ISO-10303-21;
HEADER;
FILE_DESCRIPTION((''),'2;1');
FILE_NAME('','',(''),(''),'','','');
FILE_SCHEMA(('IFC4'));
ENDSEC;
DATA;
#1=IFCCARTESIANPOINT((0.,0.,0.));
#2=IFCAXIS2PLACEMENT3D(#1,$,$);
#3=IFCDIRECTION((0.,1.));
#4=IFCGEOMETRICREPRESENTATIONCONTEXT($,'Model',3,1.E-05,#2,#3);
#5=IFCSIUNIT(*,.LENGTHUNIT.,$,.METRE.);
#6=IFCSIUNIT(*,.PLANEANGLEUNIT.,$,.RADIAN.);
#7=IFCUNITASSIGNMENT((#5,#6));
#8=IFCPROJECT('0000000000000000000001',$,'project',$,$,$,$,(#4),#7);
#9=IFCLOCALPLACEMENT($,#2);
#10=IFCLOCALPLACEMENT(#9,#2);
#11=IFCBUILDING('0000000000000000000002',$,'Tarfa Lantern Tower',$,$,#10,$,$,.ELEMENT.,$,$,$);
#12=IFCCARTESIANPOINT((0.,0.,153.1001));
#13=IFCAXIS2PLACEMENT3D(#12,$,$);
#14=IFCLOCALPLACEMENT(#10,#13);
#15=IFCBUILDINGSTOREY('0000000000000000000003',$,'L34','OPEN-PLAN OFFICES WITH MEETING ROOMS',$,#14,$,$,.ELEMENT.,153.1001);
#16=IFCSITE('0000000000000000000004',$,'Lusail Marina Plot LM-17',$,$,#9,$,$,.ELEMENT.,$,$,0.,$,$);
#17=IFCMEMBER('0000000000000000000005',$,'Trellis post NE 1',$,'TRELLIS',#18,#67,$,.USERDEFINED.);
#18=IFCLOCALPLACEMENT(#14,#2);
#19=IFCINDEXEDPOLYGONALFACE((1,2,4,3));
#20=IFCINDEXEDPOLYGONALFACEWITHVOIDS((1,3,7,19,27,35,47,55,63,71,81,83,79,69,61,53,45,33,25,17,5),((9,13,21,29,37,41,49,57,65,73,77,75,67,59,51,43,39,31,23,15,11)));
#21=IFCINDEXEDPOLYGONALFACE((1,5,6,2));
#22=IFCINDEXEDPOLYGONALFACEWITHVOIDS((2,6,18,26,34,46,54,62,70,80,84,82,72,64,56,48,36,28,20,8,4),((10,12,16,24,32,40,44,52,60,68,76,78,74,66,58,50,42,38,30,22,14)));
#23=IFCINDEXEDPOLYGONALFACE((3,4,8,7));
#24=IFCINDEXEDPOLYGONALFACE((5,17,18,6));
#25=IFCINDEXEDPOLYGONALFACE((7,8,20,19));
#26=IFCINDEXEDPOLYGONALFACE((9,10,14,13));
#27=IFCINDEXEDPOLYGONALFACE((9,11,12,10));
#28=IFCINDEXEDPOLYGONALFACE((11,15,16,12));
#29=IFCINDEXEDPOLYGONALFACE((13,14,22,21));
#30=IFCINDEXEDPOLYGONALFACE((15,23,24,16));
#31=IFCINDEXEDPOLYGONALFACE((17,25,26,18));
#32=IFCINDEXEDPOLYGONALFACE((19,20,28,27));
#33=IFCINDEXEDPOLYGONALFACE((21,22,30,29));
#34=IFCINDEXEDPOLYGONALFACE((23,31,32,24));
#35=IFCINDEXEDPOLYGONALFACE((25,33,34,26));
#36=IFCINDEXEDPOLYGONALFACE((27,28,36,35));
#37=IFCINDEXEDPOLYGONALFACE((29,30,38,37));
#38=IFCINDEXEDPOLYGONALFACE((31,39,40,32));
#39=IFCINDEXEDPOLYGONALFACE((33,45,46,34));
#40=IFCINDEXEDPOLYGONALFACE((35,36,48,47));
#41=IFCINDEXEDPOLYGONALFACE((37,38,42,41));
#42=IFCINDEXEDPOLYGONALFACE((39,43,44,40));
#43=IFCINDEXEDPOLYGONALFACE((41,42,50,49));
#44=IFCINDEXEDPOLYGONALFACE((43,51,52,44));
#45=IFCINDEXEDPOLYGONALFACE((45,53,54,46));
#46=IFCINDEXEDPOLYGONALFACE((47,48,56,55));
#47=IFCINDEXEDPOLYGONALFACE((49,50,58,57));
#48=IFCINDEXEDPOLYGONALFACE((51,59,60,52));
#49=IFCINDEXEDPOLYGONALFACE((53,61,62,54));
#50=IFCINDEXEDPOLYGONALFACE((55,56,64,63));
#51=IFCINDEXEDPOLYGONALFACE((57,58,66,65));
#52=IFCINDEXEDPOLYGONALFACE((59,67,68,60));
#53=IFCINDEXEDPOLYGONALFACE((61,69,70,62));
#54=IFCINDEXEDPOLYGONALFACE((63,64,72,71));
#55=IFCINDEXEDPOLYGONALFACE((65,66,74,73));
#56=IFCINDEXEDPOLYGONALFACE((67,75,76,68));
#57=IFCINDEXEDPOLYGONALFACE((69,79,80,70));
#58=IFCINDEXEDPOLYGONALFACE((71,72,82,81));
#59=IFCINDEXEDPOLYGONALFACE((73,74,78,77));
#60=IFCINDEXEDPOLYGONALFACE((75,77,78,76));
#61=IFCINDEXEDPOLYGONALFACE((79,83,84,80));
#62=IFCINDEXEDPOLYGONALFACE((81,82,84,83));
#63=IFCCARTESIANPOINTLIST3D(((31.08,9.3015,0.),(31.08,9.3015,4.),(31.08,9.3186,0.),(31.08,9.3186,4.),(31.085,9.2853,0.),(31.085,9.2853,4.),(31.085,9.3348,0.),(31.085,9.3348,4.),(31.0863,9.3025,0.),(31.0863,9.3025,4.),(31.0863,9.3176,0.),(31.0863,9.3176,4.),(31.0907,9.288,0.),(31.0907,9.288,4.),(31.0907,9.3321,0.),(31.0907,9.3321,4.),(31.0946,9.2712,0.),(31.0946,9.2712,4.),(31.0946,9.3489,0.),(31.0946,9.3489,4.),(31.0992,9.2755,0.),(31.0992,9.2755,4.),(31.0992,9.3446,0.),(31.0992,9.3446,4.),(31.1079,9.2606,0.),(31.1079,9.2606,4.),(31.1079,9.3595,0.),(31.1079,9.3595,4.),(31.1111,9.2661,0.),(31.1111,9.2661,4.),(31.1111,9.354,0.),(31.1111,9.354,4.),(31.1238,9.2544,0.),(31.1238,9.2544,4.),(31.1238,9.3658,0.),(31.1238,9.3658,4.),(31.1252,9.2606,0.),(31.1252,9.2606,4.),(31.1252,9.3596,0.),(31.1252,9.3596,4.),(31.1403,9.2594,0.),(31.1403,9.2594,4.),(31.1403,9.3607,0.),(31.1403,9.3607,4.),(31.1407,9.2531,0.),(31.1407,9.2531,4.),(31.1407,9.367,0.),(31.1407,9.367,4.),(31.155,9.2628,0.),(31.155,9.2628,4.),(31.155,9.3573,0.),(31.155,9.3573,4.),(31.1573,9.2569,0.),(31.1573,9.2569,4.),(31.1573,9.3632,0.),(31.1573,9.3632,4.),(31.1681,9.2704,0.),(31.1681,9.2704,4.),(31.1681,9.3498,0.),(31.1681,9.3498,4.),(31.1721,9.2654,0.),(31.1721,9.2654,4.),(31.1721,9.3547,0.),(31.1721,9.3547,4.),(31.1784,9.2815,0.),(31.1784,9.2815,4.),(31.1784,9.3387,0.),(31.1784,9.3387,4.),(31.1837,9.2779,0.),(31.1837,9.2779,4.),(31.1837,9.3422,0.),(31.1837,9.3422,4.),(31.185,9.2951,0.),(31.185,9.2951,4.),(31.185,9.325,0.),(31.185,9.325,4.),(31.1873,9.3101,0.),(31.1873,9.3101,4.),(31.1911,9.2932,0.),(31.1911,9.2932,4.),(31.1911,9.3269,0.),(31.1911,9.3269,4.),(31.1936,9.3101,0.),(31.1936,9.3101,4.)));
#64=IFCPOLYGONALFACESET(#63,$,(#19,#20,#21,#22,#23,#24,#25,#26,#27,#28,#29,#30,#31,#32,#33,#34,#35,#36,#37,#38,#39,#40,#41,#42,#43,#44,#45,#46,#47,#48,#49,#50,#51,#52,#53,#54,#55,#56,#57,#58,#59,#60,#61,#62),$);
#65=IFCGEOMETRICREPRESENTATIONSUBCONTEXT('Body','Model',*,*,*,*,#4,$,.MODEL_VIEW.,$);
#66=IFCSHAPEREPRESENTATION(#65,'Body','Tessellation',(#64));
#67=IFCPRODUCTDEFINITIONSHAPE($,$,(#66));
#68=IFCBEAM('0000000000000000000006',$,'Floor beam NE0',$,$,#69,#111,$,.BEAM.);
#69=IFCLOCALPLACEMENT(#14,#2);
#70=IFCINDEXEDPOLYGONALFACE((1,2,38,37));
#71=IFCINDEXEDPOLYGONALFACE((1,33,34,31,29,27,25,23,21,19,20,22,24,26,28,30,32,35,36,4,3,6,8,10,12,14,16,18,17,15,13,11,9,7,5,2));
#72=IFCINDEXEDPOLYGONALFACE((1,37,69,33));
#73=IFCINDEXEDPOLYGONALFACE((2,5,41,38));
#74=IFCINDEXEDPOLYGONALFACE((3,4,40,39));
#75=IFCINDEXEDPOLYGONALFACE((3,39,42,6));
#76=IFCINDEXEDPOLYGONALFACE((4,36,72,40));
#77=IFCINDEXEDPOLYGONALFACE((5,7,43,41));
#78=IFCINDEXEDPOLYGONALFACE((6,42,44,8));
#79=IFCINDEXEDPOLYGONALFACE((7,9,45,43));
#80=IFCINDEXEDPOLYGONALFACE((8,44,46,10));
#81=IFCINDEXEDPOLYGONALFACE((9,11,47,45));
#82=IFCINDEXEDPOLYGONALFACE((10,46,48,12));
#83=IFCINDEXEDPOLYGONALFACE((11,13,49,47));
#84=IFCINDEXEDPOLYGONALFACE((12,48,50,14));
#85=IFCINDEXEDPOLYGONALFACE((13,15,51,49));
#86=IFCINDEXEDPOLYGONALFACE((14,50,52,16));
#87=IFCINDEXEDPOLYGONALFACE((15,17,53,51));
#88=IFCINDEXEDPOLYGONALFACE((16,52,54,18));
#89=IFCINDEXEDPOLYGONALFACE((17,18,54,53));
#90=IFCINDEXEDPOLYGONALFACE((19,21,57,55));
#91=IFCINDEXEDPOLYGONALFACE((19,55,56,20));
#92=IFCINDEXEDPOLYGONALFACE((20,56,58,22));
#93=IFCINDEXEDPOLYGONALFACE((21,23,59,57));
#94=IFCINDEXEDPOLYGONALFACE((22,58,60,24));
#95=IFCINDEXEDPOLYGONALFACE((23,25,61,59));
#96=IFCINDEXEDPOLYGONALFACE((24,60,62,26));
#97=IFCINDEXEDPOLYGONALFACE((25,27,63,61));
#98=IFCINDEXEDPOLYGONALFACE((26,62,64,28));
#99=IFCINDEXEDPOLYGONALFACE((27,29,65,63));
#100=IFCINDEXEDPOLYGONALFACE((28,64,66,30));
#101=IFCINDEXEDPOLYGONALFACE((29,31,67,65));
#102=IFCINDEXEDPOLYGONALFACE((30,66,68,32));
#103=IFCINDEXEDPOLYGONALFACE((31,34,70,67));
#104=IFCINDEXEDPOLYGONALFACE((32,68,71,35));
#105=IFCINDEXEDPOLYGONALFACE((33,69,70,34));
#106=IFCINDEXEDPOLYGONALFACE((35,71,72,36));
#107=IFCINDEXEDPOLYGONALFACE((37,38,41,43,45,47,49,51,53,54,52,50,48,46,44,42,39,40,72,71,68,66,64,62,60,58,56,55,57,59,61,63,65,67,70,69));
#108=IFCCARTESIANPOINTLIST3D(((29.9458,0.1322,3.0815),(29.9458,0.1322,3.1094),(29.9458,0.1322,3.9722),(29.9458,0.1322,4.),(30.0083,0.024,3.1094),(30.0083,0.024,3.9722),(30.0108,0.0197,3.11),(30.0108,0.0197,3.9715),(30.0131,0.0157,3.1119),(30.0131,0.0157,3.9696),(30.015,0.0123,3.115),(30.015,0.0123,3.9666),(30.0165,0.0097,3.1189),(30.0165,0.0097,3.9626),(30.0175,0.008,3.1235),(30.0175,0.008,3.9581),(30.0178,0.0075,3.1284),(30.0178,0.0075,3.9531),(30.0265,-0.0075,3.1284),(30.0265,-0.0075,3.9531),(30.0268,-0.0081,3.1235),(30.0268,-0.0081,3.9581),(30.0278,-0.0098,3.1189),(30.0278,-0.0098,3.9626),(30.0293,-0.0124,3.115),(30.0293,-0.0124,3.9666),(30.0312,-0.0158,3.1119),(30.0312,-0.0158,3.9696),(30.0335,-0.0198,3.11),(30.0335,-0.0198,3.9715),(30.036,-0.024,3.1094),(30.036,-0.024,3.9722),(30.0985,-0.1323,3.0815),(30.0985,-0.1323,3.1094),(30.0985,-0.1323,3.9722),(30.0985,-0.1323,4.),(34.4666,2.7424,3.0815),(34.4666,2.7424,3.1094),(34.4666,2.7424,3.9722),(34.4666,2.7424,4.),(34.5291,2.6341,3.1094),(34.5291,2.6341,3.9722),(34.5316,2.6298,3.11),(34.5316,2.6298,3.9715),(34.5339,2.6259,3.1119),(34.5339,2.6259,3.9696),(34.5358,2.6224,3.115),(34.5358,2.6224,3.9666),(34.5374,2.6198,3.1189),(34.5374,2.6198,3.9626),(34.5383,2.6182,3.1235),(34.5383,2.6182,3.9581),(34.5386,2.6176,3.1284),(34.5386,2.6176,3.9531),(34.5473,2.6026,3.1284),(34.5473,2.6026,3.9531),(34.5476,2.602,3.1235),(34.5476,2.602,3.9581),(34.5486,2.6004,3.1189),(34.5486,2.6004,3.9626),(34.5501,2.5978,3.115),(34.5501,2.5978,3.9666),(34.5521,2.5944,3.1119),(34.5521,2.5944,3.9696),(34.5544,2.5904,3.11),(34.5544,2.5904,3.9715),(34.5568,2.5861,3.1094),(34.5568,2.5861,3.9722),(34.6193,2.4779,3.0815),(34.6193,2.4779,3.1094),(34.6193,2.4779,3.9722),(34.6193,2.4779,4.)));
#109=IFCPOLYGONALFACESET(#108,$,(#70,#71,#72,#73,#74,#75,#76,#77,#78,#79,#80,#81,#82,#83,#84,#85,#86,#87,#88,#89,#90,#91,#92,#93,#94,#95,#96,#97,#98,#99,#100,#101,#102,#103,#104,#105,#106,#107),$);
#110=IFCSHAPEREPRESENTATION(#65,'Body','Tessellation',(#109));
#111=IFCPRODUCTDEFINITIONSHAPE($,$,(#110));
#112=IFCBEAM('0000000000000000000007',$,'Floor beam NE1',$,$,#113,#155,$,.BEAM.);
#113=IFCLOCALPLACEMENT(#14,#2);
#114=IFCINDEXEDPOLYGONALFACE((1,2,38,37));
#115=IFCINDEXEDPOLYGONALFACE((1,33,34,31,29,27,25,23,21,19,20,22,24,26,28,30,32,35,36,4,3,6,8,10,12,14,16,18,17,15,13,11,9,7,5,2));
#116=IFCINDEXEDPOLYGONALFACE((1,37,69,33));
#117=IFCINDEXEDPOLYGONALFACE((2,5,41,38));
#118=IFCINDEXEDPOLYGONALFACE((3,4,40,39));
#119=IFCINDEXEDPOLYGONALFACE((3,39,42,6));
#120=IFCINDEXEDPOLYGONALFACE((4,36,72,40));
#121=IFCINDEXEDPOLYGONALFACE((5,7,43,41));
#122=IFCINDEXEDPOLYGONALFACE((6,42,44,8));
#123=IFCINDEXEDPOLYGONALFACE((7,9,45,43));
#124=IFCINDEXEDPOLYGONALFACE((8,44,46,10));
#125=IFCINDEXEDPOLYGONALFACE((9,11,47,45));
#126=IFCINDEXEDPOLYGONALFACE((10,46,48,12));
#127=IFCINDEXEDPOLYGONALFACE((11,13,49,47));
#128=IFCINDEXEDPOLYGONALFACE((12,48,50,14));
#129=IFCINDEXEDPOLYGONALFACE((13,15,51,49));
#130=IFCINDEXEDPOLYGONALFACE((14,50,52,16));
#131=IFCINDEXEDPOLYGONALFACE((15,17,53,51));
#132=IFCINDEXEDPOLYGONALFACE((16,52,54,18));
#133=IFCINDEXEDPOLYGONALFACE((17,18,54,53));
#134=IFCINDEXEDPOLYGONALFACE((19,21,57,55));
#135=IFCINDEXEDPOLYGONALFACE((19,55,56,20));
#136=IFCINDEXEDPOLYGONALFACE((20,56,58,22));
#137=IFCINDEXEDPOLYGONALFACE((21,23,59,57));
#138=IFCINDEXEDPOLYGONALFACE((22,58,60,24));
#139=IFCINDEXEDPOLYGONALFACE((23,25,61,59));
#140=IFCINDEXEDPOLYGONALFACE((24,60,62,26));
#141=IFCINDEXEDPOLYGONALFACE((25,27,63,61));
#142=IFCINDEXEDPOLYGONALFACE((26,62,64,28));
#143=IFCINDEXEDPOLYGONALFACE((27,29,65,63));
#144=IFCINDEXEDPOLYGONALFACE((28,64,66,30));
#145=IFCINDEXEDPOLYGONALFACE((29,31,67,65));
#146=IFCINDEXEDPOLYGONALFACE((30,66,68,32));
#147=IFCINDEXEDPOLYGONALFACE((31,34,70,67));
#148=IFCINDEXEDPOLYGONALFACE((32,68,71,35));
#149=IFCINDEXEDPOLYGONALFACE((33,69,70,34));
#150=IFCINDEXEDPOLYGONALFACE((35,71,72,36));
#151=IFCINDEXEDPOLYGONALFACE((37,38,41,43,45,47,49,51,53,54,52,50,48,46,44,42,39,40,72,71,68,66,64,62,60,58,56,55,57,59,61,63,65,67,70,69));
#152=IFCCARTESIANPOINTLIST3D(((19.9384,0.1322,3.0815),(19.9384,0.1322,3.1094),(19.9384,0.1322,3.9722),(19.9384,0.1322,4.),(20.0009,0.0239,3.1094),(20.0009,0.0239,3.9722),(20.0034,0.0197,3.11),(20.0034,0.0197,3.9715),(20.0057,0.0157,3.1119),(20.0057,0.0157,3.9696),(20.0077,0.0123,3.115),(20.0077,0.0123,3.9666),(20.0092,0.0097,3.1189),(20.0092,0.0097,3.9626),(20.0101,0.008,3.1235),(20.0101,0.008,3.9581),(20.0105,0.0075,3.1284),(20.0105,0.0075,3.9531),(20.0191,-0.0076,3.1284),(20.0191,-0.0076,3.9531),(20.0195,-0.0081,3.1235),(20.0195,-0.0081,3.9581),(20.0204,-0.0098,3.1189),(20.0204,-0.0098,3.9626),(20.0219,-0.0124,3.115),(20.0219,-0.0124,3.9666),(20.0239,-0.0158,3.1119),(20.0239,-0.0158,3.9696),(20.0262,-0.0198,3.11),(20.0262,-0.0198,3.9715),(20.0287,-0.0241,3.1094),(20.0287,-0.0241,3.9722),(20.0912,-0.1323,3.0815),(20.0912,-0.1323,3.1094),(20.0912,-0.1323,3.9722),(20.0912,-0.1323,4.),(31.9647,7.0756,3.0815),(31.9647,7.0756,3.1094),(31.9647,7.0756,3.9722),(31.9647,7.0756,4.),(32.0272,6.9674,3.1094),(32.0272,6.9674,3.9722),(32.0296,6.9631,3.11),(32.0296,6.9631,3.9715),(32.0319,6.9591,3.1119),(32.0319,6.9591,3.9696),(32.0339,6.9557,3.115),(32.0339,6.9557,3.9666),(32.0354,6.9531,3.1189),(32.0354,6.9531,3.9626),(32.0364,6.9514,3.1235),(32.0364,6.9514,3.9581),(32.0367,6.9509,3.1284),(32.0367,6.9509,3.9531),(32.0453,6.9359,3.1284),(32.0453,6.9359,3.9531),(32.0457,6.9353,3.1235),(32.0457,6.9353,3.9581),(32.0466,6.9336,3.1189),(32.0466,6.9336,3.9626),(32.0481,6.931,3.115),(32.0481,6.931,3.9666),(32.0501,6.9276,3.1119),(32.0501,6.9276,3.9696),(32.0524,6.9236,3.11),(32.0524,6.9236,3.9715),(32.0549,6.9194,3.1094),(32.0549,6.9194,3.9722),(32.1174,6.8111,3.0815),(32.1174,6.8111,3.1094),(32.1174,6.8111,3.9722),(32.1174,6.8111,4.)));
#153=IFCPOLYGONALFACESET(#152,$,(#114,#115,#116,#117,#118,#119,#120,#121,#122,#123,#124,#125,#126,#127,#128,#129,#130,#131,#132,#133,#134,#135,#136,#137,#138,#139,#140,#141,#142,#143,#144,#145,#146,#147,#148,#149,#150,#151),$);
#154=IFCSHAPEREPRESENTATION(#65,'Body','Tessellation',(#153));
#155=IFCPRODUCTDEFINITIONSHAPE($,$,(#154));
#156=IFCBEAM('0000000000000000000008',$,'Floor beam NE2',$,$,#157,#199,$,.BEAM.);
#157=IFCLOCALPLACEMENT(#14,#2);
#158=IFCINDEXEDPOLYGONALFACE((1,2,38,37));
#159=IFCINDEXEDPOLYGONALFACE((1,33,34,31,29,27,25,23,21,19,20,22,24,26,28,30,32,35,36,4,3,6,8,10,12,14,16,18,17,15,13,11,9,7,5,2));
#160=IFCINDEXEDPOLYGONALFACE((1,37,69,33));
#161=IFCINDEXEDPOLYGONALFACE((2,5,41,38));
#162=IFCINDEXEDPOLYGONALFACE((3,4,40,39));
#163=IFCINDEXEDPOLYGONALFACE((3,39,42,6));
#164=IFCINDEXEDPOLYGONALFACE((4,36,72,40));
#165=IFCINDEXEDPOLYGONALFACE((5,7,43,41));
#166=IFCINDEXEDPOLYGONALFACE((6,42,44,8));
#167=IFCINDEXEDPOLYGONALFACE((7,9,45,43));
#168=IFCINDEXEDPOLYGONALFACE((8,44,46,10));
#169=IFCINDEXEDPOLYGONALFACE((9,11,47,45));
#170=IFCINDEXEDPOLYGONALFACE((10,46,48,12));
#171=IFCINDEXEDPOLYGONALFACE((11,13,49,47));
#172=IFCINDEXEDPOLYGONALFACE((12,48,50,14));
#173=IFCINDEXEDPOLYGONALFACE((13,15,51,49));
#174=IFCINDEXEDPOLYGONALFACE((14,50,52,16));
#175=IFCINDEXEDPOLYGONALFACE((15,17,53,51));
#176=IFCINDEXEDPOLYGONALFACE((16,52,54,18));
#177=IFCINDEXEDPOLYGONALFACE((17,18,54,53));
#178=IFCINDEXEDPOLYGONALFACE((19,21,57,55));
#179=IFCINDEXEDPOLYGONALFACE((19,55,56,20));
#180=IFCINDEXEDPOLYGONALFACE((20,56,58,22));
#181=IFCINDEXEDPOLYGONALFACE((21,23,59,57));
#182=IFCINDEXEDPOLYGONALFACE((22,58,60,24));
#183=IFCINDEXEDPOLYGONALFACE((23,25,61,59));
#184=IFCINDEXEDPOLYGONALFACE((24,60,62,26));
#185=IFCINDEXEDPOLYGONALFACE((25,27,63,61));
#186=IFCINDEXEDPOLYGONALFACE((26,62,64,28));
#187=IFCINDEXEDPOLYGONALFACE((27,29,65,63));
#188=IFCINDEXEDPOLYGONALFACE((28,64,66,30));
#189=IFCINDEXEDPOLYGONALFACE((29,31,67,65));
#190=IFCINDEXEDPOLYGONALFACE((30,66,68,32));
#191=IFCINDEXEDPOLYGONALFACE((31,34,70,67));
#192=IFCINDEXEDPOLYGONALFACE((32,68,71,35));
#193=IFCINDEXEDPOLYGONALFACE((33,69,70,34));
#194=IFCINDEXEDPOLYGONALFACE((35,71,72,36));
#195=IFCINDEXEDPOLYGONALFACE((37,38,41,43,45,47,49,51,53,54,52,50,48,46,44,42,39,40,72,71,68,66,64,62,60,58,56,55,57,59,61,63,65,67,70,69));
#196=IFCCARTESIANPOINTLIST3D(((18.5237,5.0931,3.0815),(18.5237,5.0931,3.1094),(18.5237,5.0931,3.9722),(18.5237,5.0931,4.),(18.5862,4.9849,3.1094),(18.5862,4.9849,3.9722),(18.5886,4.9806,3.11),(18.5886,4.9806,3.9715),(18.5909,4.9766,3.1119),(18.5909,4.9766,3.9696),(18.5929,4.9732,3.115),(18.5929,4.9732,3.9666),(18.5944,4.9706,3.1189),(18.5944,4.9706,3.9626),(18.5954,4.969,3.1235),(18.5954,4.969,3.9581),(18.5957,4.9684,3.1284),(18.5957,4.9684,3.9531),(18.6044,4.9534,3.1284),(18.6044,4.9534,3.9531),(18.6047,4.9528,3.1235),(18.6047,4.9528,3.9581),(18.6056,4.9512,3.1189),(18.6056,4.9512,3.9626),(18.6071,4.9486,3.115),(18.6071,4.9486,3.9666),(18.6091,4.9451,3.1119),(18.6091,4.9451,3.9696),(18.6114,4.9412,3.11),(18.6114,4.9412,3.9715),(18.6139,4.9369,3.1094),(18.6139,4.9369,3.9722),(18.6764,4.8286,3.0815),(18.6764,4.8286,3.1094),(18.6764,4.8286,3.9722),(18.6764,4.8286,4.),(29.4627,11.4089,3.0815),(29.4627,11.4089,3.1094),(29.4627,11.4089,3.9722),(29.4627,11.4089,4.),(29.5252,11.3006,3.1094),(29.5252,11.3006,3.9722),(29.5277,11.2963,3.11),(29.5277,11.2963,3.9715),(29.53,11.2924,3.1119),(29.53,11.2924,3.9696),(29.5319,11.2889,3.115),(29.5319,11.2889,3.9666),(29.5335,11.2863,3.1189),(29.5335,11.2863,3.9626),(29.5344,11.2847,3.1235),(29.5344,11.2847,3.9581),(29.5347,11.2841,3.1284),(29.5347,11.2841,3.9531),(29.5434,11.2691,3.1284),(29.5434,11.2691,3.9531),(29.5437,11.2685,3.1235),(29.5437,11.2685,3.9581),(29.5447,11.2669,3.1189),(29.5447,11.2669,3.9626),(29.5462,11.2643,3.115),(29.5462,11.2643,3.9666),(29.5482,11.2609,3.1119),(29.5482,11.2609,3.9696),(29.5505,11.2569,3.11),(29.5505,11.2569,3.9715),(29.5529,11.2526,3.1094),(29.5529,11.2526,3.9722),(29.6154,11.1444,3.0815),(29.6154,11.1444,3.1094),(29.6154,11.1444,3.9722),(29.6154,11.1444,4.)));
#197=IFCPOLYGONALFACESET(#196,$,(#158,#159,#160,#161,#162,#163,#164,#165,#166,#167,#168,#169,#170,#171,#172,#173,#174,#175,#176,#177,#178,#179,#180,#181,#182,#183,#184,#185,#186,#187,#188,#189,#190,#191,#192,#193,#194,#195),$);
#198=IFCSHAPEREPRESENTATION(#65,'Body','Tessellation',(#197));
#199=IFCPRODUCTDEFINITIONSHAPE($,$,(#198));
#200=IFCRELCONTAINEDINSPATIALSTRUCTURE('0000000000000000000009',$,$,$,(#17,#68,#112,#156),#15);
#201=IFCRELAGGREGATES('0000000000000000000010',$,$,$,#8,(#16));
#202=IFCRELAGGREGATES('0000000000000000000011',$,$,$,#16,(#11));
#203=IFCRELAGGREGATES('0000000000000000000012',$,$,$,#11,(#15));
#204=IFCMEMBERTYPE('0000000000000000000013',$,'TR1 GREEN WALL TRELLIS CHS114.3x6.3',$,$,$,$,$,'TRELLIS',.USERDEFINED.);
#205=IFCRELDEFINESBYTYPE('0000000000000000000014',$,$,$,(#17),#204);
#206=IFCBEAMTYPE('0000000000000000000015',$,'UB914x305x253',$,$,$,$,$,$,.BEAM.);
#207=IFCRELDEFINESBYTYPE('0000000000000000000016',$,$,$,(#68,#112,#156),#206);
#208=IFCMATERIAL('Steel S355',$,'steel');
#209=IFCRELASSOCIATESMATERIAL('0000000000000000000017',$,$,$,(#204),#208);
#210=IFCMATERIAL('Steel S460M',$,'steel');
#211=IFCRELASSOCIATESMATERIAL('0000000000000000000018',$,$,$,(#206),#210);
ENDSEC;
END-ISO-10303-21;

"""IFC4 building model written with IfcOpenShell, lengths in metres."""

from ifc_helpers import new_model, si_unit, direction, frame, origin, origin_2d, place, context, subcontext, project, spatial, hollow_circle, i_section, extrude, material, material_profile, profile_set, type_object, element, save


model = new_model("IFC4")

# Units and contexts
model_context = context("Model", 3, precision=1e-05, world=origin(), true_north=direction((0.0, 1.0)))
body_context = subcontext(model_context, "Body", "Model", "MODEL_VIEW")
ifc_project = project(units=[si_unit("LENGTHUNIT", "METRE"), si_unit("PLANEANGLEUNIT", "RADIAN")], contexts=[model_context])

# Site, building, storey
site_placement = place(None, origin())
site = spatial("IfcSite", under=ifc_project, at=site_placement, Name="Lusail Marina Plot LM-17", CompositionType="ELEMENT", RefElevation=0.0)
building_placement = place(site_placement, origin())
building = spatial("IfcBuilding", under=site, at=building_placement, Name="Tarfa Lantern Tower", CompositionType="ELEMENT")
storey_placement = place(building_placement, frame((0.0, 0.0, 153.1001)))
storey = spatial("IfcBuildingStorey", under=building, at=storey_placement, Name="L34", Description="OPEN-PLAN OFFICES WITH MEETING ROOMS", CompositionType="ELEMENT", Elevation=153.1001)

# Member
ifc_material_1 = material(Name="Steel S355", Category="steel")
ifc_material_profile_1 = material_profile(ifc_material_1, hollow_circle(Radius=0.0571, WallThickness=0.0063, at=origin_2d()), Name="CHS114.3x6.3")
ifc_profile_set_1 = profile_set([ifc_material_profile_1], Name="Steel S355")
member_type_1 = type_object("IfcMemberType", Name="TR1 GREEN WALL TRELLIS CHS114.3x6.3", ElementType="TRELLIS", PredefinedType="USERDEFINED", material=ifc_profile_set_1)
member_1_placement = place(storey_placement, frame((31.1365, 9.3101, 0.0), z_axis=(0.0, 0.0, 1.0), x_axis=(1.0, 0.0, 0.0)))
element("IfcMember", 1, at=member_1_placement, inside=storey, type_object=member_type_1, Name="Trellis post NE 1", ObjectType="TRELLIS", PredefinedType="USERDEFINED", context=body_context, shape_type="SweptSolid", body=[
    extrude(hollow_circle(Radius=0.0571, WallThickness=0.0063, at=origin_2d()), origin(), (0.0, 0.0, 1.0), 4.0),
])

# Beams
ifc_material_2 = material(Name="Steel S460M", Category="steel")
ifc_material_profile_2 = material_profile(ifc_material_2, i_section(OverallWidth=0.3054, OverallDepth=0.9185, WebThickness=0.0173, FlangeThickness=0.0278, FilletRadius=0.019, at=origin_2d()), Name="UB914x305x253")
ifc_profile_set_2 = profile_set([ifc_material_profile_2], Name="Steel S460M")
beam_type_1 = type_object("IfcBeamType", Name="UB914x305x253", PredefinedType="BEAM", material=ifc_profile_set_2)
beam_1_placement = place(storey_placement, frame((34.543, 2.6101, 3.5408), z_axis=(-0.866021, -0.500007, 0.0), x_axis=(0.500007, -0.866021, 0.0)))
element("IfcBeam", 2, at=beam_1_placement, inside=storey, type_object=beam_type_1, Name="Floor beam NE0", PredefinedType="BEAM", context=body_context, shape_type="SweptSolid", body=[
    extrude(i_section(OverallWidth=0.3054, OverallDepth=0.9185, WebThickness=0.0173, FlangeThickness=0.0278, FilletRadius=0.019, at=origin_2d()), origin(), (0.0, 0.0, 1.0), 5.2202),
])
beam_2_placement = place(storey_placement, frame((32.041, 6.9434, 3.5408), z_axis=(-0.866023, -0.500004, 0.0), x_axis=(0.500004, -0.866023, 0.0)))
element("IfcBeam", 3, at=beam_2_placement, inside=storey, type_object=beam_type_1, Name="Floor beam NE1", PredefinedType="BEAM", context=body_context, shape_type="SweptSolid", body=[
    extrude(i_section(OverallWidth=0.3054, OverallDepth=0.9185, WebThickness=0.0173, FlangeThickness=0.0278, FilletRadius=0.019, at=origin_2d()), origin(), (0.0, 0.0, 1.0), 13.8867),
])
beam_3_placement = place(storey_placement, frame((29.5391, 11.2766, 3.5408), z_axis=(-0.866023, -0.500004, 0.0), x_axis=(0.500004, -0.866023, 0.0)))
element("IfcBeam", 4, at=beam_3_placement, inside=storey, type_object=beam_type_1, Name="Floor beam NE2", PredefinedType="BEAM", context=body_context, shape_type="SweptSolid", body=[
    extrude(i_section(OverallWidth=0.3054, OverallDepth=0.9185, WebThickness=0.0173, FlangeThickness=0.0278, FilletRadius=0.019, at=origin_2d()), origin(), (0.0, 0.0, 1.0), 12.6313),
])

save(model, "model.ifc")
